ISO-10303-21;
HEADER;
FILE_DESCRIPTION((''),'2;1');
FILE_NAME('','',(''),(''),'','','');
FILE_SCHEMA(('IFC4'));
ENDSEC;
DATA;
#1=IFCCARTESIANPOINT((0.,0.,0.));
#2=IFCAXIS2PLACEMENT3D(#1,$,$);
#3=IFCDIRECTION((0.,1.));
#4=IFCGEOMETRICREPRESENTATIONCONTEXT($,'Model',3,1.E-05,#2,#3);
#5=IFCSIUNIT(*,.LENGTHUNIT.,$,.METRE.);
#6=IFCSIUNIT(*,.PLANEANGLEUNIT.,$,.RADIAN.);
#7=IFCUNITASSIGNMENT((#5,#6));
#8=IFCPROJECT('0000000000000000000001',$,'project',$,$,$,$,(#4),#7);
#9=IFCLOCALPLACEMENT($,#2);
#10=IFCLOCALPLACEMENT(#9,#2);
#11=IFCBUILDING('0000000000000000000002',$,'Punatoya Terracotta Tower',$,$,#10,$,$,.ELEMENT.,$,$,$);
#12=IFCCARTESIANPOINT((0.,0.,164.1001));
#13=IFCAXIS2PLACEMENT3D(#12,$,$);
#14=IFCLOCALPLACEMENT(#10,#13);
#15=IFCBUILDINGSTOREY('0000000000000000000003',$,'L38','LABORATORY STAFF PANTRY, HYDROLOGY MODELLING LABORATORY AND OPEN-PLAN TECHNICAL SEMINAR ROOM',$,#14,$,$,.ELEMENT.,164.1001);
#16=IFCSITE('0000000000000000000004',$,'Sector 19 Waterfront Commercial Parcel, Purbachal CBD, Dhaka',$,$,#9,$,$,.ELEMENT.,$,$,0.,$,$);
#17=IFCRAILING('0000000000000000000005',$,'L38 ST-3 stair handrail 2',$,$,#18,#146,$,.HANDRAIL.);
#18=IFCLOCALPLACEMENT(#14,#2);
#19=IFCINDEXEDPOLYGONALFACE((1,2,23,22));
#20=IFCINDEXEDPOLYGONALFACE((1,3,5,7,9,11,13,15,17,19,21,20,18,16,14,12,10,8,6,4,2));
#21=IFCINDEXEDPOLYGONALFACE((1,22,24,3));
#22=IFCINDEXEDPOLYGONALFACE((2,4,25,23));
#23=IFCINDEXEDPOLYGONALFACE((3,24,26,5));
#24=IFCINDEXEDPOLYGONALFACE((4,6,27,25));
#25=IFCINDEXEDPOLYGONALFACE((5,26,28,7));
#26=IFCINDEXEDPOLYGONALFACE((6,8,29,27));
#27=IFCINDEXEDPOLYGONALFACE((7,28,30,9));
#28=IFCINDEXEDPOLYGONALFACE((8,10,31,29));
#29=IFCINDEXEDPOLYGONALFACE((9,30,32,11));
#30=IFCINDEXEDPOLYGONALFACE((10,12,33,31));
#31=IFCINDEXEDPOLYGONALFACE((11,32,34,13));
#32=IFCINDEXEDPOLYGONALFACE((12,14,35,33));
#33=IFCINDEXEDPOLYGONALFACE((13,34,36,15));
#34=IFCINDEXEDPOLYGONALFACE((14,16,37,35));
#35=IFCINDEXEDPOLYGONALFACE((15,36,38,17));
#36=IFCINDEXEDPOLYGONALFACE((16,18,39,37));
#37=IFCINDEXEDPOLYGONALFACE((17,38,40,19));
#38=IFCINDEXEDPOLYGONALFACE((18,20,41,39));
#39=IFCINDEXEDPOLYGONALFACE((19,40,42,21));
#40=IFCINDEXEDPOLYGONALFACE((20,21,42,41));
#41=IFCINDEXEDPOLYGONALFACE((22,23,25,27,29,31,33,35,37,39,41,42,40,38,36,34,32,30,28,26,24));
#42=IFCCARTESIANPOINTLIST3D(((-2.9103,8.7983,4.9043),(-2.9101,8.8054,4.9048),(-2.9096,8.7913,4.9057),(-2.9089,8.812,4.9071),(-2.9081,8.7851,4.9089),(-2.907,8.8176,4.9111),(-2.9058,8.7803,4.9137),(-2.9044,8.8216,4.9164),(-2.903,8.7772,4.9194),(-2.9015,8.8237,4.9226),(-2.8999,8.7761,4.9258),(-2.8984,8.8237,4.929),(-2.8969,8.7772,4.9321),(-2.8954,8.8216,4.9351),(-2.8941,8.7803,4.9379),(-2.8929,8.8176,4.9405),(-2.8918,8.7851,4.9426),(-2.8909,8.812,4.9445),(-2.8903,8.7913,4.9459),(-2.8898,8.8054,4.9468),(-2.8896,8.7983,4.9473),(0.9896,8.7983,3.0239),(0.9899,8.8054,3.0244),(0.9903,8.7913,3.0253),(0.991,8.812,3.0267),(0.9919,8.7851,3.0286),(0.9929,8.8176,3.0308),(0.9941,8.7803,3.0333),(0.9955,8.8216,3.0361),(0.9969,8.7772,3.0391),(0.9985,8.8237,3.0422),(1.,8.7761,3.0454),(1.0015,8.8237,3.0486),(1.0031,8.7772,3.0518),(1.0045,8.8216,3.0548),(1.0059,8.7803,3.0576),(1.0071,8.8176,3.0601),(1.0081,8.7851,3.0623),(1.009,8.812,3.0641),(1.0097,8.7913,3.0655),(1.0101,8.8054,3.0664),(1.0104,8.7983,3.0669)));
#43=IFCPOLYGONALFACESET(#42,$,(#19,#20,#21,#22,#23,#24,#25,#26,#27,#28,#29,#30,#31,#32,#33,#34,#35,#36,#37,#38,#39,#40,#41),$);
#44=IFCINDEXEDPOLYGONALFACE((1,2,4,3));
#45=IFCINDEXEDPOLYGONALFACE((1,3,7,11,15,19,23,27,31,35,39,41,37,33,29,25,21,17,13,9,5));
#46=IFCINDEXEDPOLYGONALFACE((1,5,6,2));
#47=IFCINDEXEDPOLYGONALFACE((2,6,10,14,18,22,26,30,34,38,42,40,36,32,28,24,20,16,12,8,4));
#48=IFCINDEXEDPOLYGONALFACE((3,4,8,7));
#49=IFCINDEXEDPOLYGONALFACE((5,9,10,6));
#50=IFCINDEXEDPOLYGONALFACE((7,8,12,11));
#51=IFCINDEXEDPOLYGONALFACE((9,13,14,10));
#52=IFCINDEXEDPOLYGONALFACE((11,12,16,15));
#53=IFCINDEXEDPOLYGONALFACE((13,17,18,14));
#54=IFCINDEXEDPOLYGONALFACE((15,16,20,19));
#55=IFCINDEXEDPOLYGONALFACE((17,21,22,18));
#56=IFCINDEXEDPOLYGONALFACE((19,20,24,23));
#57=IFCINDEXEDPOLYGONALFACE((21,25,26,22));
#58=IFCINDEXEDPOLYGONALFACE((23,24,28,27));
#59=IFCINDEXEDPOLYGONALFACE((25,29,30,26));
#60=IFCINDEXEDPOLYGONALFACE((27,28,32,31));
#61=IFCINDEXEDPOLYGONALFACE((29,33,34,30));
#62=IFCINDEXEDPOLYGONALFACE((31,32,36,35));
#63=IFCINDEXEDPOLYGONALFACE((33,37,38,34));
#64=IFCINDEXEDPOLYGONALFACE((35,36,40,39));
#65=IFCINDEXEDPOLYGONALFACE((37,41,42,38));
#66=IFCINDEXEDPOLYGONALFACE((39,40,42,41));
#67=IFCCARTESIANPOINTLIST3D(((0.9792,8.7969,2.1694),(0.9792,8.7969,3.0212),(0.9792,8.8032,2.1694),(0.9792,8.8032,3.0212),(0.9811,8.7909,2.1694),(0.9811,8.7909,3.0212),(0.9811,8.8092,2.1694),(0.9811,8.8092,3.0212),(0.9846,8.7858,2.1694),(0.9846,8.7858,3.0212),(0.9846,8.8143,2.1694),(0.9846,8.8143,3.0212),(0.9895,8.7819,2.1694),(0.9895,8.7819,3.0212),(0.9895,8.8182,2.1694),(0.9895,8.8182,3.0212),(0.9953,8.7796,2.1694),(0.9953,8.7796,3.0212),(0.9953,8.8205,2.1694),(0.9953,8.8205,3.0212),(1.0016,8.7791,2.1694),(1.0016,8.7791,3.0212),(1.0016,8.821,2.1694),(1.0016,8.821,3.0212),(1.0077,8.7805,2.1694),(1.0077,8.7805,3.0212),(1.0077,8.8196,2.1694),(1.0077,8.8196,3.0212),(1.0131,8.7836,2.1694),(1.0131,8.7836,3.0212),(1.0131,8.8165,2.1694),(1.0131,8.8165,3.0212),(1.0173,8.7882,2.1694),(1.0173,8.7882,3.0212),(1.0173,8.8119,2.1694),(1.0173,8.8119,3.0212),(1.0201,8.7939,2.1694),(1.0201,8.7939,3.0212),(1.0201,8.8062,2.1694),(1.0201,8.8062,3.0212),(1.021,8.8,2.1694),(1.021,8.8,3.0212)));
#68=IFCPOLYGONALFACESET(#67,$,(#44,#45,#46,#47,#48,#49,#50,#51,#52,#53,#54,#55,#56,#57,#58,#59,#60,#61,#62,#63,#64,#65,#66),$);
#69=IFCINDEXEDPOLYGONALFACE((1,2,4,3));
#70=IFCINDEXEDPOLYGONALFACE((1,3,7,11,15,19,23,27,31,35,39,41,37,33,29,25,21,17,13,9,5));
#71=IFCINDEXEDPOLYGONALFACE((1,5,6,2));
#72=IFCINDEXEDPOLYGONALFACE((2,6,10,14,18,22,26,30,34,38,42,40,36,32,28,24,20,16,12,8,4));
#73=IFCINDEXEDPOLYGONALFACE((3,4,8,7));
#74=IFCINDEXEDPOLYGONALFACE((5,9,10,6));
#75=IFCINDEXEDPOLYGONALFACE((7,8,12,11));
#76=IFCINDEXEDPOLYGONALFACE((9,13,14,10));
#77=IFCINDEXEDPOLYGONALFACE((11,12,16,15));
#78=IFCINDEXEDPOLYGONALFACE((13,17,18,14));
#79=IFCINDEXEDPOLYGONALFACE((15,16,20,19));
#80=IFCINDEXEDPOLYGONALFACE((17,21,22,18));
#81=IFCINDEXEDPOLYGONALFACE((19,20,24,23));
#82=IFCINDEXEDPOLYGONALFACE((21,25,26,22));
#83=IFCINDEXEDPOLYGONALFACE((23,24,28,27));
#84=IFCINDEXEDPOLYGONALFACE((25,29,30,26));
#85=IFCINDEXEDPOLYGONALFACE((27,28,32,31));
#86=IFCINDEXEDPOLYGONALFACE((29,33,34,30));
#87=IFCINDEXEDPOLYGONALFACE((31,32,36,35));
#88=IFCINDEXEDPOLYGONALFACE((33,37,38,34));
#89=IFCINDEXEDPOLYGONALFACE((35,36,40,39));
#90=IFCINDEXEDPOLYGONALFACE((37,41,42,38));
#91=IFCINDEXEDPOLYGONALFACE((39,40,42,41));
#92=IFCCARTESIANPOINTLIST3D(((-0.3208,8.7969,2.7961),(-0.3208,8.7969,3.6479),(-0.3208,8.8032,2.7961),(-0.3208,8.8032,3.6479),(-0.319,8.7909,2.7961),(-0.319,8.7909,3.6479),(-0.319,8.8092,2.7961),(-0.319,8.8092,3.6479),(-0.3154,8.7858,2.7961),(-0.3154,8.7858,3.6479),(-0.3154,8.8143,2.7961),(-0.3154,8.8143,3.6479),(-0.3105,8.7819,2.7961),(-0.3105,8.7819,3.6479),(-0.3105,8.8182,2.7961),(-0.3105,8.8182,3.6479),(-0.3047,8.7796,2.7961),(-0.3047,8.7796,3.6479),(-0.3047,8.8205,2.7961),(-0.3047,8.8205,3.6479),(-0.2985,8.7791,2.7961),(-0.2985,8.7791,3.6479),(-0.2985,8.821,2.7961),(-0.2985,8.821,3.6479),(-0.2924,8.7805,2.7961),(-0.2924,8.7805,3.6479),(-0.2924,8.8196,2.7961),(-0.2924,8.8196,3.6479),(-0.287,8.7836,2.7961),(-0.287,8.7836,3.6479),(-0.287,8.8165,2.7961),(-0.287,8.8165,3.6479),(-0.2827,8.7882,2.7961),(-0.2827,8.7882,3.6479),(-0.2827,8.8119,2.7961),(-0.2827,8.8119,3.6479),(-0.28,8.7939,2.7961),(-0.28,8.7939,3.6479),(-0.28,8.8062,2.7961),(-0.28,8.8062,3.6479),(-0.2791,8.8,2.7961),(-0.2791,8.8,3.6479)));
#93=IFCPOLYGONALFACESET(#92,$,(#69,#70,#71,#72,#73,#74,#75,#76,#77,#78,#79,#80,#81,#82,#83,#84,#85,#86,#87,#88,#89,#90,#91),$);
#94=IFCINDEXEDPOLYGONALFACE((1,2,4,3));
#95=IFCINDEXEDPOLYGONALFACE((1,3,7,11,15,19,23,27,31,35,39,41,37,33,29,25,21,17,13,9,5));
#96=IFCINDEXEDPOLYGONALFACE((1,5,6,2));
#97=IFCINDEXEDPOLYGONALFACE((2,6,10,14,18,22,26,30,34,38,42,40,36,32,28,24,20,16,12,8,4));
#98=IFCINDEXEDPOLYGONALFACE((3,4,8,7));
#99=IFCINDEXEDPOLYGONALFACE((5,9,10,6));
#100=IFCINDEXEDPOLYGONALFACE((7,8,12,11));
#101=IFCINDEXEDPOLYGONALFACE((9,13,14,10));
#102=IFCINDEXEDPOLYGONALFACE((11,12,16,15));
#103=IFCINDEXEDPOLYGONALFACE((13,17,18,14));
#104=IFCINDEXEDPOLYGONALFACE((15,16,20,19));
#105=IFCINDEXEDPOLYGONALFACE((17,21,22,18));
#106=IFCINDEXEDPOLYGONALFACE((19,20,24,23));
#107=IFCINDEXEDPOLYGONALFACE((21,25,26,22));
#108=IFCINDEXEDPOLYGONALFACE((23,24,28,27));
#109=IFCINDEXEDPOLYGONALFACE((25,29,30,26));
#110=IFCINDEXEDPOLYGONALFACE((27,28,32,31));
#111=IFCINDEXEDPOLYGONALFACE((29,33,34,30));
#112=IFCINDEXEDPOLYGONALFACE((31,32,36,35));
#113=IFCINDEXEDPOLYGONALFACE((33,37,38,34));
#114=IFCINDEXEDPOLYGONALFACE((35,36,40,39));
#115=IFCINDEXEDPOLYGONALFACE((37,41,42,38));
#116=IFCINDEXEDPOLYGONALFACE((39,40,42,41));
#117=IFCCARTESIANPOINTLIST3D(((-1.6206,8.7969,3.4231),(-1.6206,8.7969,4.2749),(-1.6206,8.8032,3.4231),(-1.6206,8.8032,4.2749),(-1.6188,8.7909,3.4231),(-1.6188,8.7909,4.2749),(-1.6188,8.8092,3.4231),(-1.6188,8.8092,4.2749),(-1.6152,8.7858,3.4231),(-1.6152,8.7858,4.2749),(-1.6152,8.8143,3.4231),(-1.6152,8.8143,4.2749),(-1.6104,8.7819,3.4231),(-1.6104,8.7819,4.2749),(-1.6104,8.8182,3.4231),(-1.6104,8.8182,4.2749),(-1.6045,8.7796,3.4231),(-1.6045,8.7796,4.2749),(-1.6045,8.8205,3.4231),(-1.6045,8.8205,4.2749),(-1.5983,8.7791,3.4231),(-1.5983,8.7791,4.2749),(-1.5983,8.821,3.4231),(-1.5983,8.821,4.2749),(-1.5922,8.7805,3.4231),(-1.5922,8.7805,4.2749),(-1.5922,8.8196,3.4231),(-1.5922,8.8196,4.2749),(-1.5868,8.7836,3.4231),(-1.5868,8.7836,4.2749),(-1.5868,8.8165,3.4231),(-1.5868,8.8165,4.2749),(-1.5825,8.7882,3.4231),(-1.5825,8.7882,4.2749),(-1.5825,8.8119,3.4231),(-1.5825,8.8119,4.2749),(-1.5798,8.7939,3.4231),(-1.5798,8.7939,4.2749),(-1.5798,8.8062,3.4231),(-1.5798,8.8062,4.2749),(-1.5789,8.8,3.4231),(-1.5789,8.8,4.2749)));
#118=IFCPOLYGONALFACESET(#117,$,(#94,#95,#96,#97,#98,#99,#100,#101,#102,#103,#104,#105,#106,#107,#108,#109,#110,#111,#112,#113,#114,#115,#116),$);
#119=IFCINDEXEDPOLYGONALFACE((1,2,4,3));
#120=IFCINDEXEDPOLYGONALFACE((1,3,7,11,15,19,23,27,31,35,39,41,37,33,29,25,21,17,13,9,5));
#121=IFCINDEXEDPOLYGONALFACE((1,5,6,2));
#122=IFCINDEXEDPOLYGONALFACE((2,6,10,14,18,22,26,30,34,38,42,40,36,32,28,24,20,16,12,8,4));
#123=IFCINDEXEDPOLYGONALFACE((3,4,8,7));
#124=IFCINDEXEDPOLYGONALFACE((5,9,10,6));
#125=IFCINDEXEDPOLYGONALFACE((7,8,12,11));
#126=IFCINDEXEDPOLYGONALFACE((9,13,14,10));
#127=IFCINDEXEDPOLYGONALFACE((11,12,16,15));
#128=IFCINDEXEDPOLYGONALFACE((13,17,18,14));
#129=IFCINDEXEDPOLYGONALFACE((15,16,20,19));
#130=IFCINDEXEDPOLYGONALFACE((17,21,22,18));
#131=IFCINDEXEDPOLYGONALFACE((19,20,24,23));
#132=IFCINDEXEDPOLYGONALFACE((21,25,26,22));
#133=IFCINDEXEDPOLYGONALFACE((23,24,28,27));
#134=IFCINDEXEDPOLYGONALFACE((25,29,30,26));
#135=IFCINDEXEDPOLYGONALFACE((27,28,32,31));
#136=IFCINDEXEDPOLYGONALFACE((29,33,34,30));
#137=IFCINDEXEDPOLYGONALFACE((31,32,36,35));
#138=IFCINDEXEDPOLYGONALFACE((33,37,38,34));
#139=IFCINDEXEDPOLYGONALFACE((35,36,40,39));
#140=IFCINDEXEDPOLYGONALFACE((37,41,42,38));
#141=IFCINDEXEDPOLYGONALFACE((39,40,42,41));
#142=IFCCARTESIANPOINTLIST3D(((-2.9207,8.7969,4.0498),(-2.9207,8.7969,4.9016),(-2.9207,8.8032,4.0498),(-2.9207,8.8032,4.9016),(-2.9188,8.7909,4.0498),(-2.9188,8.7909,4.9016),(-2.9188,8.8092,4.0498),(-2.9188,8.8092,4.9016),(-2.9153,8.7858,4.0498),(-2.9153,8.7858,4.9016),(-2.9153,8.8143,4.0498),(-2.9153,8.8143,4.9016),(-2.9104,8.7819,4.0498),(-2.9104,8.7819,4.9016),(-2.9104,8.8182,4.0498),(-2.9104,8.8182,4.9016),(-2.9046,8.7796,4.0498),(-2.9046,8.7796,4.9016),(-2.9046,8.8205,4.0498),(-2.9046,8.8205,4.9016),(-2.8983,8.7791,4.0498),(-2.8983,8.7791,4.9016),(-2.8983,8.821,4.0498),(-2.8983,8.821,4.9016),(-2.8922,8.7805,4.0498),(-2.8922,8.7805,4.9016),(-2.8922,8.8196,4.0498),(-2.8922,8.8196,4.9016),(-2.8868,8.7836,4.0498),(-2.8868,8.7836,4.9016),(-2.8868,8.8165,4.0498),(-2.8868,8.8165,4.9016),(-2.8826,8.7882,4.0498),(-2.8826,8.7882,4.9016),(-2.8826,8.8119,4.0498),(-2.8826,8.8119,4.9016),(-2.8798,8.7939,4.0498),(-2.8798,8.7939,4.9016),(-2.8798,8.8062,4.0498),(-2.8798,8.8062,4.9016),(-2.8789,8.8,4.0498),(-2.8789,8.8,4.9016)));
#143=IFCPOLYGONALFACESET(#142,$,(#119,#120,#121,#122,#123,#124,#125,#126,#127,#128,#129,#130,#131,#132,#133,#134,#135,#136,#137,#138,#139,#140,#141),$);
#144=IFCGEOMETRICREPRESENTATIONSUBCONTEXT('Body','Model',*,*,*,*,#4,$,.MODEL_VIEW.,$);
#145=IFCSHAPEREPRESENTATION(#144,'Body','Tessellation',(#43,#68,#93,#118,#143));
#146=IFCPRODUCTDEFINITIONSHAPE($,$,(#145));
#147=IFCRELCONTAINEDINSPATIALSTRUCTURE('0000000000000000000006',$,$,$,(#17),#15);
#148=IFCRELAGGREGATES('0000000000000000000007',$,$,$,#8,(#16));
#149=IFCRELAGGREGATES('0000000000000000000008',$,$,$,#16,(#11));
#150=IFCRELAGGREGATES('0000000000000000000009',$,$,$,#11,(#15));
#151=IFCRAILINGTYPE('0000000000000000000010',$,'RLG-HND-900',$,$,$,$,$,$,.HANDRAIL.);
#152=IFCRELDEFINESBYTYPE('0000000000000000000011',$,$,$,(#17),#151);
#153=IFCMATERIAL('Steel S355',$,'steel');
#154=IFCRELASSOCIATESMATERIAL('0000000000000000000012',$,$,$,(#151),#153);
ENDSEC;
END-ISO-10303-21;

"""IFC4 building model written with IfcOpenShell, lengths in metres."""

from ifc_helpers import new_model, si_unit, direction, frame, origin, origin_2d, place, context, subcontext, project, spatial, circle, extrude, material, type_object, element, save


model = new_model("IFC4")

# Units and contexts
model_context = context("Model", 3, precision=1e-05, world=origin(), true_north=direction((0.0, 1.0)))
body_context = subcontext(model_context, "Body", "Model", "MODEL_VIEW")
ifc_project = project(units=[si_unit("LENGTHUNIT", "METRE"), si_unit("PLANEANGLEUNIT", "RADIAN")], contexts=[model_context])

# Site, building, storey
site_placement = place(None, origin())
site = spatial("IfcSite", under=ifc_project, at=site_placement, Name="Sector 19 Waterfront Commercial Parcel, Purbachal CBD, Dhaka", CompositionType="ELEMENT", RefElevation=0.0)
building_placement = place(site_placement, origin())
building = spatial("IfcBuilding", under=site, at=building_placement, Name="Punatoya Terracotta Tower", CompositionType="ELEMENT")
storey_placement = place(building_placement, frame((0.0, 0.0, 164.1001)))
storey = spatial("IfcBuildingStorey", under=building, at=storey_placement, Name="L38", Description="LABORATORY STAFF PANTRY, HYDROLOGY MODELLING LABORATORY AND OPEN-PLAN TECHNICAL SEMINAR ROOM", CompositionType="ELEMENT", Elevation=164.1001)

# Shared definitions
ifc_material_1 = material(Name="Steel S355", Category="steel")

# Railing
railing_type_1 = type_object("IfcRailingType", Name="RLG-HND-900", PredefinedType="HANDRAIL", material=ifc_material_1)
railing_1_placement = place(storey_placement, frame((1.0, 8.8, 2.1694)))
element("IfcRailing", 1, at=railing_1_placement, inside=storey, type_object=railing_type_1, Name="L38 ST-3 stair handrail 2", PredefinedType="HANDRAIL", context=body_context, shape_type="SweptSolid", body=[
    extrude(circle(Radius=0.0239, at=origin_2d()), frame((0.0, 0.0, 0.876), z_axis=(-0.900763, 0.0, 0.434311), x_axis=(0.0, -1.0, 0.0)), (0.0, 0.0, 1.0), 4.3296),
    extrude(circle(Radius=0.021, at=origin_2d()), origin(), (0.0, 0.0, 1.0), 0.8518),
    extrude(circle(Radius=0.021, at=origin_2d()), frame((-1.3, 0.0, 0.6267)), (0.0, 0.0, 1.0), 0.8518),
    extrude(circle(Radius=0.021, at=origin_2d()), frame((-2.5999, 0.0, 1.2537)), (0.0, 0.0, 1.0), 0.8518),
    extrude(circle(Radius=0.021, at=origin_2d()), frame((-3.8999, 0.0, 1.8804)), (0.0, 0.0, 1.0), 0.8518),
])

save(model, "model.ifc")
